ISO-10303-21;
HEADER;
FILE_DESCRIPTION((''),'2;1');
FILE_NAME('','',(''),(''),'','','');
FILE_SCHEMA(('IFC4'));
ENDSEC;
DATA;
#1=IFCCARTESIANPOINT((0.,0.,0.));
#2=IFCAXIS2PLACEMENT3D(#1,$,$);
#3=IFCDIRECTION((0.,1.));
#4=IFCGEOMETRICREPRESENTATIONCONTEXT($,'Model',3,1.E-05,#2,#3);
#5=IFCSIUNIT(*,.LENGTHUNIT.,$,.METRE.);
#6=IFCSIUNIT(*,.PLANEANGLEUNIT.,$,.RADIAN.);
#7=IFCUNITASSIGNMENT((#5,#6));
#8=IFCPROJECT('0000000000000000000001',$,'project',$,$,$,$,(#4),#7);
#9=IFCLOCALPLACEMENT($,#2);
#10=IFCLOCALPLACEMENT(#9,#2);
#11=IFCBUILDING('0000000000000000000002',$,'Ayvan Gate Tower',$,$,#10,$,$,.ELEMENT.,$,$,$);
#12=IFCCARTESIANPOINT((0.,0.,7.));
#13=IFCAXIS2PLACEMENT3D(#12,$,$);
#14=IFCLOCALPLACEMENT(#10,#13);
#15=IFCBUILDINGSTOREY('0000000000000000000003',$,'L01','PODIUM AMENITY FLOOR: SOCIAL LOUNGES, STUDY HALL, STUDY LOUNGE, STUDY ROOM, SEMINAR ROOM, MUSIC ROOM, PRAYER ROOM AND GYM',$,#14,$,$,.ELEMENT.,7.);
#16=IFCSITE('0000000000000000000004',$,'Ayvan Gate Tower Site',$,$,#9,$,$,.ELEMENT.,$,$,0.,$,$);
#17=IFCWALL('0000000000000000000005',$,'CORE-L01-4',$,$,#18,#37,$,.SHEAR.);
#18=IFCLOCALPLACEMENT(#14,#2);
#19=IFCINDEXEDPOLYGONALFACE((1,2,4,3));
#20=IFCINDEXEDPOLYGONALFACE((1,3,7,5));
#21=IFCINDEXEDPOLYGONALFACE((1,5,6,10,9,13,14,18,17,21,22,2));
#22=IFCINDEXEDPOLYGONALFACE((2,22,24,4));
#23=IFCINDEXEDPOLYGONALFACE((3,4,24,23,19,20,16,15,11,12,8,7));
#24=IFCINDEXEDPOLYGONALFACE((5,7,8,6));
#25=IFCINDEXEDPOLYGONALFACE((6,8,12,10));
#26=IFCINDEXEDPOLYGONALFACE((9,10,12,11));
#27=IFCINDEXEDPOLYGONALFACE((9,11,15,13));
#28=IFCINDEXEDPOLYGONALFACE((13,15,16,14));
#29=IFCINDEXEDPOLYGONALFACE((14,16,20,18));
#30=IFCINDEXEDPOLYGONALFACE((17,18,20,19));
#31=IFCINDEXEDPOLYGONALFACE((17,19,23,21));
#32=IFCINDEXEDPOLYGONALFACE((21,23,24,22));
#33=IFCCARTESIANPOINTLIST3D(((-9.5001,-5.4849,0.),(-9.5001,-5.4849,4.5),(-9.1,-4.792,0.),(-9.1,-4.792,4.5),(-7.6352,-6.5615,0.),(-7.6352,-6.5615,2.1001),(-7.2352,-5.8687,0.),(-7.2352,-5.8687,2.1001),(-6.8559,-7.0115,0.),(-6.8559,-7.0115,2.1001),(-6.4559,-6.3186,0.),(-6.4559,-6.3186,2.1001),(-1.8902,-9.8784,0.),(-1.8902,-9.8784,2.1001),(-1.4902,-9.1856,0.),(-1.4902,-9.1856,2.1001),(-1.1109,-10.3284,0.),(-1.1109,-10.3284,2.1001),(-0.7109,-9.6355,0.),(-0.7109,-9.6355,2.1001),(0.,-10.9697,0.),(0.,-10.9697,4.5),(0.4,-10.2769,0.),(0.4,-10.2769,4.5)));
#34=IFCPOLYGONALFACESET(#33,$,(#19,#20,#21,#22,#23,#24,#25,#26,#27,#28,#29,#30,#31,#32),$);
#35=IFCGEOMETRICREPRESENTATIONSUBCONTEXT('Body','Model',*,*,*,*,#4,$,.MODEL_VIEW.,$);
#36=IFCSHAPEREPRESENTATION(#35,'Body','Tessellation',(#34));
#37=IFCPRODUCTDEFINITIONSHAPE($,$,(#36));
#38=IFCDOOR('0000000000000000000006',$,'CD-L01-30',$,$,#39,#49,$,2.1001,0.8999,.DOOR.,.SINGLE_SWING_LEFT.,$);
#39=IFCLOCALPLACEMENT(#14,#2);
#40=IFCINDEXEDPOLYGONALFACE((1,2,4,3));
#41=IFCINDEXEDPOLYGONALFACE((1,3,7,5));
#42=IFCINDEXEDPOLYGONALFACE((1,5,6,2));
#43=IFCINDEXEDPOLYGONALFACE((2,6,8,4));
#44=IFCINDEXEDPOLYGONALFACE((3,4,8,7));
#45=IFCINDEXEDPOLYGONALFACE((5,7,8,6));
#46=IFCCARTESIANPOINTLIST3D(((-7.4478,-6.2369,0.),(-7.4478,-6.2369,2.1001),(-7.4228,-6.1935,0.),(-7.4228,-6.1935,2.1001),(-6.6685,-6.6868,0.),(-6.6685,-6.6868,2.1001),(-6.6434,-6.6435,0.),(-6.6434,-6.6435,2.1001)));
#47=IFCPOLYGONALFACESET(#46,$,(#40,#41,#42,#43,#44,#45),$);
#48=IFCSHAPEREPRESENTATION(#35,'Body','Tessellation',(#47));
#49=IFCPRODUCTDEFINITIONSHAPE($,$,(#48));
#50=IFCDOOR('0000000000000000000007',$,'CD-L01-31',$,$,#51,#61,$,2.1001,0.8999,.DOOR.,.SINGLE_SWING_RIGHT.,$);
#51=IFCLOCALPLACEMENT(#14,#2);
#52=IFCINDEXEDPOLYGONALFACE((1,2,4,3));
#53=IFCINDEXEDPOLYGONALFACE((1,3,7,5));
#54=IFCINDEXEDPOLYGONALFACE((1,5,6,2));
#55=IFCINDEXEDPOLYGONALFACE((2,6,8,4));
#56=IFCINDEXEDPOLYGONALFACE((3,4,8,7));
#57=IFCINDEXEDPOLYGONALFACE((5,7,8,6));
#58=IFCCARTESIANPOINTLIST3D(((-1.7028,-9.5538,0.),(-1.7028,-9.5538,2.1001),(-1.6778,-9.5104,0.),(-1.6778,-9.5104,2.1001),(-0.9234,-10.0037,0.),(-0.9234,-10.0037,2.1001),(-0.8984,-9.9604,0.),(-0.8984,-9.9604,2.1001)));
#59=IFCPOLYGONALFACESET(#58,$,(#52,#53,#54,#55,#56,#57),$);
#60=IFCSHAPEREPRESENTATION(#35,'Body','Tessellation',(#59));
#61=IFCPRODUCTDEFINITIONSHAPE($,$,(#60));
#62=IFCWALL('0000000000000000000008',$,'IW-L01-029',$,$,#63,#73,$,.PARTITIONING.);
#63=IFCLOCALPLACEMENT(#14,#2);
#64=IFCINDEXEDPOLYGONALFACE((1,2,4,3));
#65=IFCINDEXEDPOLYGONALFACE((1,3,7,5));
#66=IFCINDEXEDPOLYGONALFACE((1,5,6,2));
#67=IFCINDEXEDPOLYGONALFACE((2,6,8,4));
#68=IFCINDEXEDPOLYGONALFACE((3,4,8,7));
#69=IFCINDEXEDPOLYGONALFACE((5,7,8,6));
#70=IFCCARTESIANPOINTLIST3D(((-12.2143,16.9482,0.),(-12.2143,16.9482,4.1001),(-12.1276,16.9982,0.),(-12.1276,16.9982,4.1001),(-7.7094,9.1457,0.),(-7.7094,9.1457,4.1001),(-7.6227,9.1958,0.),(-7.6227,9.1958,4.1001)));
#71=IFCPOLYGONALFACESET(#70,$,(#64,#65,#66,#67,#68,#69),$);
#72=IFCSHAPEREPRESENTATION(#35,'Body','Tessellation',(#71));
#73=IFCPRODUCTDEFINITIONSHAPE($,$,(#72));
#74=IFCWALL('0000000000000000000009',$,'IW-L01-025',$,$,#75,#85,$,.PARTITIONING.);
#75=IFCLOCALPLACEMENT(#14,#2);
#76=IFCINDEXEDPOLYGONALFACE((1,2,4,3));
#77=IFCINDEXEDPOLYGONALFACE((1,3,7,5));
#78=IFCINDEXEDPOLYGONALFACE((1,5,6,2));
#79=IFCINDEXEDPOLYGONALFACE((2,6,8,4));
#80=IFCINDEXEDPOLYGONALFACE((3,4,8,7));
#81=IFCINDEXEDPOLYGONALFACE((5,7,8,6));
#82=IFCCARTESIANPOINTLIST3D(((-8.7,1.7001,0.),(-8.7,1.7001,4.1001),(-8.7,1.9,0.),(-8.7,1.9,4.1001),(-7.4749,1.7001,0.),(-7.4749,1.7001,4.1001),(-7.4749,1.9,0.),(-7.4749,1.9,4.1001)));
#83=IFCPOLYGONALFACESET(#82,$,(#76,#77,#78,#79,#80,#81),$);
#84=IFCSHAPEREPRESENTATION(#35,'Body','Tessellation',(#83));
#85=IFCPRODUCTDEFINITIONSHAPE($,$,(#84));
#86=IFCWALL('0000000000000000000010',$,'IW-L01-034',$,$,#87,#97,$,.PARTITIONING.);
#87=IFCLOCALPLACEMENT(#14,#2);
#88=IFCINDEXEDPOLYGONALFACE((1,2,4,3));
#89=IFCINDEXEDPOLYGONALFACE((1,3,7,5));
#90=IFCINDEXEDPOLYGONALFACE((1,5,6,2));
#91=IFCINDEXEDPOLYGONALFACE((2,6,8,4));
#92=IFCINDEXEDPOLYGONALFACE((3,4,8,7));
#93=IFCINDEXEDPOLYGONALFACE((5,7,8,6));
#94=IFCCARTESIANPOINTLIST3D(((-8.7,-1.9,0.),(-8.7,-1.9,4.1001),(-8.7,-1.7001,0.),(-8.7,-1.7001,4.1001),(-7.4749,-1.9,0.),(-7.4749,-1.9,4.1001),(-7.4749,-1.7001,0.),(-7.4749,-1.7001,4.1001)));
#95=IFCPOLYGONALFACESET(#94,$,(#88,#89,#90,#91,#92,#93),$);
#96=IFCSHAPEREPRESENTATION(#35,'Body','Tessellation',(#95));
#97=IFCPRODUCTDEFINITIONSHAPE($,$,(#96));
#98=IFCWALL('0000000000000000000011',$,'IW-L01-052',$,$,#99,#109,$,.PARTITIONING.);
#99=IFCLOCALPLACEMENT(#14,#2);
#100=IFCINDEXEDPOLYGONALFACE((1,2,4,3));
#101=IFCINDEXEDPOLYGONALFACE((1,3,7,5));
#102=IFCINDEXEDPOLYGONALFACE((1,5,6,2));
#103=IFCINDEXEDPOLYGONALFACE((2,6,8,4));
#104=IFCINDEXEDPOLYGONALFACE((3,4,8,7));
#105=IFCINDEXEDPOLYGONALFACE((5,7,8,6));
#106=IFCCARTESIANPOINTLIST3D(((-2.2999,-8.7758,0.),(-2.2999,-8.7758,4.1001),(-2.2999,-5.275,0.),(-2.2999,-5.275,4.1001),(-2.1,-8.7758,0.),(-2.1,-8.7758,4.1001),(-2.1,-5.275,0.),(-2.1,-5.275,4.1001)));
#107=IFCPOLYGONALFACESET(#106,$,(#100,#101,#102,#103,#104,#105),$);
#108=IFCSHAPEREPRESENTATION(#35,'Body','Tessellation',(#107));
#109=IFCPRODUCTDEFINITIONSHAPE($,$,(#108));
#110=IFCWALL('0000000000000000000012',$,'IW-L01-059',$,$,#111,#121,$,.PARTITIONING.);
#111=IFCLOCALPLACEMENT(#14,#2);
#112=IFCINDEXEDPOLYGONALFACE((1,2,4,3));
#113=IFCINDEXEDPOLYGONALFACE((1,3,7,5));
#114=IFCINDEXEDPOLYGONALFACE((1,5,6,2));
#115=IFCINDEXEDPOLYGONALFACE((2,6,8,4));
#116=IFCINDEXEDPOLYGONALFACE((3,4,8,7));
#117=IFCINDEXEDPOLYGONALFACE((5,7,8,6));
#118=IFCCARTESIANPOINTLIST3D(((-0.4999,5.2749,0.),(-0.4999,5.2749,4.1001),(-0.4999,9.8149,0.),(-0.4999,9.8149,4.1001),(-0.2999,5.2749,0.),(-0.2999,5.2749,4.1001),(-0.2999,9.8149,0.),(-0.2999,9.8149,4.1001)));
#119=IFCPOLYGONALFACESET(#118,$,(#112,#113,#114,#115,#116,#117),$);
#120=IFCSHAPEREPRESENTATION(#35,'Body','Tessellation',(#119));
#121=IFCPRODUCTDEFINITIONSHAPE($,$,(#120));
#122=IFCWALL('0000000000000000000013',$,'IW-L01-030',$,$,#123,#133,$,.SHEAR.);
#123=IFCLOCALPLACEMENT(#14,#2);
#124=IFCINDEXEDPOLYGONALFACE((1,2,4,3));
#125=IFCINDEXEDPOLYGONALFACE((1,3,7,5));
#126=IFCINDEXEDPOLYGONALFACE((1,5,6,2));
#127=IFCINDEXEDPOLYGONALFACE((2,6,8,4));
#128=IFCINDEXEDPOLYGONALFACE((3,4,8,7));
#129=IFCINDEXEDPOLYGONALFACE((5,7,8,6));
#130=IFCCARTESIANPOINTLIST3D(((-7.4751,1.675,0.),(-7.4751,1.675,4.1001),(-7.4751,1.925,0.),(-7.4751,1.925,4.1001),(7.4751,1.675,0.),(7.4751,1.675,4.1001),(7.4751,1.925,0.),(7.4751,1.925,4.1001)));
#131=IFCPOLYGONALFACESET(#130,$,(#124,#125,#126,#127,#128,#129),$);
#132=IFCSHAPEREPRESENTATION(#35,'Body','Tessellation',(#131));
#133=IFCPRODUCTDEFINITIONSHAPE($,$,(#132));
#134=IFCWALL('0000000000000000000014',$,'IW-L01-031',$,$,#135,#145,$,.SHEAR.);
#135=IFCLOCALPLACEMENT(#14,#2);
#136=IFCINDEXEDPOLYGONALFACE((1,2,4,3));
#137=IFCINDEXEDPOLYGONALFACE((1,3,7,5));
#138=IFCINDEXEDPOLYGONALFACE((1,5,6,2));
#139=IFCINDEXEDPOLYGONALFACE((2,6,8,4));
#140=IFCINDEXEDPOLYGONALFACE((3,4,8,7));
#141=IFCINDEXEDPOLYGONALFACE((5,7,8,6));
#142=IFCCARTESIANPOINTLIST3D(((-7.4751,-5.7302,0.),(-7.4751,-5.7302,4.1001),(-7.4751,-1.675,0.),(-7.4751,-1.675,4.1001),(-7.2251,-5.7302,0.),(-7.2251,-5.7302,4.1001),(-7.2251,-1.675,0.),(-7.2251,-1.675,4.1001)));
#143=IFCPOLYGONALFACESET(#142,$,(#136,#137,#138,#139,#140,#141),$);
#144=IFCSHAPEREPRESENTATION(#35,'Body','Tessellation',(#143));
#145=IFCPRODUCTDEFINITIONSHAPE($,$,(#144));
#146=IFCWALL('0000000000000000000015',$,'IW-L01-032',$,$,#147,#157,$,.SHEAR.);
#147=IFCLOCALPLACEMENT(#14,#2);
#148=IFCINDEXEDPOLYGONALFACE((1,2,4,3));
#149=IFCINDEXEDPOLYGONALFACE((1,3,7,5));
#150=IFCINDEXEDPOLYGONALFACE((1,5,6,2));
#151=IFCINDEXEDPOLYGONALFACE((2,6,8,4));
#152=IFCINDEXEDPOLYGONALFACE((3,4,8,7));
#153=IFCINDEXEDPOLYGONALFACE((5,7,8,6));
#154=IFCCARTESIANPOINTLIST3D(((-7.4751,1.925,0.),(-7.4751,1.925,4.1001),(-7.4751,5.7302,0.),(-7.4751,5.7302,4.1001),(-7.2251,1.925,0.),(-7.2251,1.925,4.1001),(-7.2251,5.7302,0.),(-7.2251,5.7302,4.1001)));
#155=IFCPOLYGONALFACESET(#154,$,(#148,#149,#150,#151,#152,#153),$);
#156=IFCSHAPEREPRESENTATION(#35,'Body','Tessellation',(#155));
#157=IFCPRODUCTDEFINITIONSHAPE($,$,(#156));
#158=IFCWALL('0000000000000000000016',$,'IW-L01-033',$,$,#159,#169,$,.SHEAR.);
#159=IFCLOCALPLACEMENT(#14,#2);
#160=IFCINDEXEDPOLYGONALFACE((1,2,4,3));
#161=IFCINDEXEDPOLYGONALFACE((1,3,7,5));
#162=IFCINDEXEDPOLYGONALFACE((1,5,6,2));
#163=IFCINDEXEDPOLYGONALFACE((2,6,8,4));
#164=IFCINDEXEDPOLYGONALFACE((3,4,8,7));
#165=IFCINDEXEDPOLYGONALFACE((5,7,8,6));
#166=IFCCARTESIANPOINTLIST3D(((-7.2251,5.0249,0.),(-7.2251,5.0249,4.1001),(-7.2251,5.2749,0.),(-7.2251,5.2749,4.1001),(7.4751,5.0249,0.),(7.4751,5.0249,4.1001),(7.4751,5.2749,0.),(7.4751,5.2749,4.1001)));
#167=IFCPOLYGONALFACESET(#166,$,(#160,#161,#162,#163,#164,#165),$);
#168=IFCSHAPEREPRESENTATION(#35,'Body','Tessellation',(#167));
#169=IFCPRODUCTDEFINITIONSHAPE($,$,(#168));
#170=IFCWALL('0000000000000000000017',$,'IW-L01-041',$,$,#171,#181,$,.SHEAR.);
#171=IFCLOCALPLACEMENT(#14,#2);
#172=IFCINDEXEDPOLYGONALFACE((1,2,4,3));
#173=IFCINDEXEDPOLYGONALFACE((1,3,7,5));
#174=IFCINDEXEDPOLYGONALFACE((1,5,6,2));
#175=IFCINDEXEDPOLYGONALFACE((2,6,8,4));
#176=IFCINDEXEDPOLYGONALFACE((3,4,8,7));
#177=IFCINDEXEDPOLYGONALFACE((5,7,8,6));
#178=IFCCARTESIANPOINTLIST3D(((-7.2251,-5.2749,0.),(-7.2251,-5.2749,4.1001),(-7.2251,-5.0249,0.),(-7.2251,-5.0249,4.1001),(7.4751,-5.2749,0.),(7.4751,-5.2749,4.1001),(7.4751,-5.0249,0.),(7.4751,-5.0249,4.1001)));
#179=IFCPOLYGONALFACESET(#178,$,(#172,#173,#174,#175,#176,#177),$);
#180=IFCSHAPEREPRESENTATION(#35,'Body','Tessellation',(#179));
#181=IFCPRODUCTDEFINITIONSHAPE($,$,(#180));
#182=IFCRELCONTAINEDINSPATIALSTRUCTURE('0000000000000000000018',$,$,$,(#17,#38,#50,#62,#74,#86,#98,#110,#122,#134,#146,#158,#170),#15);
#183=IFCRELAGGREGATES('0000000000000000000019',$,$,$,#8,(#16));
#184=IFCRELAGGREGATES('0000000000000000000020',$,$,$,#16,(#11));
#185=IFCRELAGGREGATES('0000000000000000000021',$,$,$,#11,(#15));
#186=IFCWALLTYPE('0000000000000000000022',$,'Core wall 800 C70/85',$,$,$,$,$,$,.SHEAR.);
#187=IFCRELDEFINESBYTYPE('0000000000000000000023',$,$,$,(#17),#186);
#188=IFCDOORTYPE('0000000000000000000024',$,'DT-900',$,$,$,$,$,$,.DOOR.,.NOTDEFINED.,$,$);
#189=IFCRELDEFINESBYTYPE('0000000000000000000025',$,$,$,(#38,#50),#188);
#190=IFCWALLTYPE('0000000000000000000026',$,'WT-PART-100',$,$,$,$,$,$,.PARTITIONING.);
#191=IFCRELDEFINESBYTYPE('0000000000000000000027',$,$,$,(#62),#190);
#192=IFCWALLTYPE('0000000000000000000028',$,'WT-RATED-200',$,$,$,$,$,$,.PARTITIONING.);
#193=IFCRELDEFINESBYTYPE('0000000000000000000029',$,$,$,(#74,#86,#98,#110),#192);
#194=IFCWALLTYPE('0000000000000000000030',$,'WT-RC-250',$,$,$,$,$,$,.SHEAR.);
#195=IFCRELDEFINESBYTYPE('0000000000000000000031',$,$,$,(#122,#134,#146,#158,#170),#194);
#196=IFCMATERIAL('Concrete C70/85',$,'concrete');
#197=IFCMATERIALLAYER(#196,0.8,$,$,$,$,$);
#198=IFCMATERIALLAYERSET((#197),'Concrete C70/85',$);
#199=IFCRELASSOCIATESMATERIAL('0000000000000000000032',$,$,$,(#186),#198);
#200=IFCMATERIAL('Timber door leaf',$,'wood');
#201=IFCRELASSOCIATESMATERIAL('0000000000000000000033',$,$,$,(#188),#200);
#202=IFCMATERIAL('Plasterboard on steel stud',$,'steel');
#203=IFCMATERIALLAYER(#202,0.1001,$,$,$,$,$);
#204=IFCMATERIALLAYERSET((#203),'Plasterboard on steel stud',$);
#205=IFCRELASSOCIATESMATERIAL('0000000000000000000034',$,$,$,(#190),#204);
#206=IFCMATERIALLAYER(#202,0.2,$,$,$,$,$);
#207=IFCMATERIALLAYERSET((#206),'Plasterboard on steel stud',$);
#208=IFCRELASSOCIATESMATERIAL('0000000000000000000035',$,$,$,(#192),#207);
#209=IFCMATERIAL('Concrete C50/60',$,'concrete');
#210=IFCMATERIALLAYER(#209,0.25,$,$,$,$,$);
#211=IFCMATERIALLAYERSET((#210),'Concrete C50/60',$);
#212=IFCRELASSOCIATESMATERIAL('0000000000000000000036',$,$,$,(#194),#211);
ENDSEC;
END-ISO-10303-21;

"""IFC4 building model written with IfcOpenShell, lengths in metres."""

from ifc_helpers import new_model, si_unit, direction, frame, frame_2d, origin, place, context, subcontext, project, spatial, rectangle, extrude, material, layer, layer_set, type_object, element, fill, save


model = new_model("IFC4")

# Units and contexts
model_context = context("Model", 3, precision=1e-05, world=origin(), true_north=direction((0.0, 1.0)))
body_context = subcontext(model_context, "Body", "Model", "MODEL_VIEW")
ifc_project = project(units=[si_unit("LENGTHUNIT", "METRE"), si_unit("PLANEANGLEUNIT", "RADIAN")], contexts=[model_context])

# Site, building, storey
site_placement = place(None, origin())
site = spatial("IfcSite", under=ifc_project, at=site_placement, Name="Ayvan Gate Tower Site", CompositionType="ELEMENT", RefElevation=0.0)
building_placement = place(site_placement, origin())
building = spatial("IfcBuilding", under=site, at=building_placement, Name="Ayvan Gate Tower", CompositionType="ELEMENT")
storey_placement = place(building_placement, frame((0.0, 0.0, 7.0)))
storey = spatial("IfcBuildingStorey", under=building, at=storey_placement, Name="L01", Description="PODIUM AMENITY FLOOR: SOCIAL LOUNGES, STUDY HALL, STUDY LOUNGE, STUDY ROOM, SEMINAR ROOM, MUSIC ROOM, PRAYER ROOM AND GYM", CompositionType="ELEMENT", Elevation=7.0)

# Shared definitions
ifc_material_1 = material(Name="Concrete C70/85", Category="concrete")
ifc_layer_1 = layer(ifc_material_1, 0.8)
ifc_layer_set_1 = layer_set([ifc_layer_1], Name="Concrete C70/85")
wall_type_1 = type_object("IfcWallType", Name="Core wall 800 C70/85", PredefinedType="SHEAR", material=ifc_layer_set_1)
ifc_material_2 = material(Name="Timber door leaf", Category="wood")

# Wall, openings, doors
wall_1_placement = place(storey_placement, frame((-9.3, -5.1384, 0.0), z_axis=(0.0, 0.0, 1.0), x_axis=(0.866024, -0.500002, 0.0)))
wall_1 = element("IfcWall", 1, at=wall_1_placement, inside=storey, type_object=wall_type_1, Name="CORE-L01-4", PredefinedType="SHEAR", context=body_context, shape_type="SweptSolid", body=[
    extrude(rectangle(XDim=10.9697, YDim=0.8, at=frame_2d((5.4849, 0.0))), origin(), (0.0, 0.0, 1.0), 4.5),
])
opening_1_placement = place(wall_1_placement, frame((2.1533, 0.0, 0.0)))
opening_1 = element("IfcOpeningElement", 2, at=opening_1_placement, cuts=wall_1, PredefinedType="OPENING", context=body_context, shape_type="SweptSolid", body=[
    extrude(rectangle(XDim=0.8999, YDim=2.1001, at=frame_2d((0.45, 1.05))), frame((0.0, 0.4099, 0.0), z_axis=(0.0, -1.0, 0.0), x_axis=(1.0, 0.0, 0.0)), (0.0, 0.0, 1.0), 0.8201),
])
opening_2_placement = place(wall_1_placement, frame((8.7871, 0.0, 0.0)))
opening_2 = element("IfcOpeningElement", 3, at=opening_2_placement, cuts=wall_1, PredefinedType="OPENING", context=body_context, shape_type="SweptSolid", body=[
    extrude(rectangle(XDim=0.8999, YDim=2.1001, at=frame_2d((0.45, 1.05))), frame((0.0, 0.4099, 0.0), z_axis=(0.0, -1.0, 0.0), x_axis=(1.0, 0.0, 0.0)), (0.0, 0.0, 1.0), 0.8201),
])
door_type_1 = type_object("IfcDoorType", Name="DT-900", OperationType="NOTDEFINED", PredefinedType="DOOR", material=ifc_material_2)
door_1_placement = place(opening_1_placement, origin())
door_1 = element("IfcDoor", 4, at=door_1_placement, inside=storey, type_object=door_type_1, Name="CD-L01-30", OperationType="SINGLE_SWING_LEFT", OverallHeight=2.1001, OverallWidth=0.8999, PredefinedType="DOOR", context=body_context, shape_type="SweptSolid", body=[
    extrude(rectangle(XDim=0.8999, YDim=2.1001, at=frame_2d((0.45, 1.05))), frame((0.0, 0.0249, 0.0), z_axis=(0.0, -1.0, 0.0), x_axis=(1.0, 0.0, 0.0)), (0.0, 0.0, 1.0), 0.05),
])
fill(opening_1, door_1)
door_2_placement = place(opening_2_placement, origin())
door_2 = element("IfcDoor", 5, at=door_2_placement, inside=storey, type_object=door_type_1, Name="CD-L01-31", OperationType="SINGLE_SWING_RIGHT", OverallHeight=2.1001, OverallWidth=0.8999, PredefinedType="DOOR", context=body_context, shape_type="SweptSolid", body=[
    extrude(rectangle(XDim=0.8999, YDim=2.1001, at=frame_2d((0.45, 1.05))), frame((0.0, 0.0249, 0.0), z_axis=(0.0, -1.0, 0.0), x_axis=(1.0, 0.0, 0.0)), (0.0, 0.0, 1.0), 0.05),
])
fill(opening_2, door_2)

# Walls
ifc_material_3 = material(Name="Plasterboard on steel stud", Category="steel")
ifc_layer_2 = layer(ifc_material_3, 0.1001)
ifc_layer_set_2 = layer_set([ifc_layer_2], Name="Plasterboard on steel stud")
wall_type_2 = type_object("IfcWallType", Name="WT-PART-100", PredefinedType="PARTITIONING", material=ifc_layer_set_2)
wall_2_placement = place(storey_placement, frame((-7.666, 9.1707, 0.0), z_axis=(0.0, 0.0, 1.0), x_axis=(-0.500009, 0.86602, 0.0)))
element("IfcWall", 6, at=wall_2_placement, inside=storey, type_object=wall_type_2, Name="IW-L01-029", PredefinedType="PARTITIONING", context=body_context, shape_type="SweptSolid", body=[
    extrude(rectangle(XDim=9.0095, YDim=0.1001, at=frame_2d((4.5049, 0.0))), origin(), (0.0, 0.0, 1.0), 4.1001),
])
ifc_layer_3 = layer(ifc_material_3, 0.2)
ifc_layer_set_3 = layer_set([ifc_layer_3], Name="Plasterboard on steel stud")
wall_type_3 = type_object("IfcWallType", Name="WT-RATED-200", PredefinedType="PARTITIONING", material=ifc_layer_set_3)
for number, where, z_axis, x_axis, name in (
    (7, (-8.7, 1.8, 0.0), (0.0, 0.0, 1.0), (1.0, 0.0, 0.0), "IW-L01-025"),
    (8, (-7.4749, -1.8, 0.0), (0.0, 0.0, 1.0), (-1.0, 0.0, 0.0), "IW-L01-034"),
):
    element("IfcWall", number, at=place(storey_placement, frame(where, z_axis=z_axis, x_axis=x_axis)), inside=storey, type_object=wall_type_3, Name=name, PredefinedType="PARTITIONING", context=body_context, shape_type="SweptSolid", body=[
        extrude(rectangle(XDim=1.2251, YDim=0.2, at=frame_2d((0.6125, 0.0))), origin(), (0.0, 0.0, 1.0), 4.1001),
    ])
wall_3_placement = place(storey_placement, frame((-2.2, -5.2749, 0.0), z_axis=(0.0, 0.0, 1.0), x_axis=(0.0, -1.0, 0.0)))
element("IfcWall", 9, at=wall_3_placement, inside=storey, type_object=wall_type_3, Name="IW-L01-052", PredefinedType="PARTITIONING", context=body_context, shape_type="SweptSolid", body=[
    extrude(rectangle(XDim=3.5007, YDim=0.2, at=frame_2d((1.7505, 0.0))), origin(), (0.0, 0.0, 1.0), 4.1001),
])
wall_4_placement = place(storey_placement, frame((-0.3999, 9.8149, 0.0), z_axis=(0.0, 0.0, 1.0), x_axis=(0.0, -1.0, 0.0)))
element("IfcWall", 10, at=wall_4_placement, inside=storey, type_object=wall_type_3, Name="IW-L01-059", PredefinedType="PARTITIONING", context=body_context, shape_type="SweptSolid", body=[
    extrude(rectangle(XDim=4.54, YDim=0.2, at=frame_2d((2.27, 0.0))), origin(), (0.0, 0.0, 1.0), 4.1001),
])
ifc_material_4 = material(Name="Concrete C50/60", Category="concrete")
ifc_layer_4 = layer(ifc_material_4, 0.25)
ifc_layer_set_4 = layer_set([ifc_layer_4], Name="Concrete C50/60")
wall_type_4 = type_object("IfcWallType", Name="WT-RC-250", PredefinedType="SHEAR", material=ifc_layer_set_4)
wall_5_placement = place(storey_placement, frame((-7.4751, 1.8, 0.0), z_axis=(0.0, 0.0, 1.0), x_axis=(1.0, 0.0, 0.0)))
element("IfcWall", 11, at=wall_5_placement, inside=storey, type_object=wall_type_4, Name="IW-L01-030", PredefinedType="SHEAR", context=body_context, shape_type="SweptSolid", body=[
    extrude(rectangle(XDim=14.9502, YDim=0.25, at=frame_2d((7.4751, 0.0))), origin(), (0.0, 0.0, 1.0), 4.1001),
])
wall_6_placement = place(storey_placement, frame((-7.3501, -5.7302, 0.0), z_axis=(0.0, 0.0, 1.0), x_axis=(0.0, 1.0, 0.0)))
element("IfcWall", 12, at=wall_6_placement, inside=storey, type_object=wall_type_4, Name="IW-L01-031", PredefinedType="SHEAR", context=body_context, shape_type="SweptSolid", body=[
    extrude(rectangle(XDim=4.0552, YDim=0.25, at=frame_2d((2.0276, 0.0))), origin(), (0.0, 0.0, 1.0), 4.1001),
])
wall_7_placement = place(storey_placement, frame((-7.3501, 1.925, 0.0), z_axis=(0.0, 0.0, 1.0), x_axis=(0.0, 1.0, 0.0)))
element("IfcWall", 13, at=wall_7_placement, inside=storey, type_object=wall_type_4, Name="IW-L01-032", PredefinedType="SHEAR", context=body_context, shape_type="SweptSolid", body=[
    extrude(rectangle(XDim=3.8052, YDim=0.25, at=frame_2d((1.9026, 0.0))), origin(), (0.0, 0.0, 1.0), 4.1001),
])
for number, where, z_axis, x_axis, name in (
    (14, (-7.2251, 5.1499, 0.0), (0.0, 0.0, 1.0), (1.0, 0.0, 0.0), "IW-L01-033"),
    (15, (-7.2251, -5.1499, 0.0), (0.0, 0.0, 1.0), (1.0, 0.0, 0.0), "IW-L01-041"),
):
    element("IfcWall", number, at=place(storey_placement, frame(where, z_axis=z_axis, x_axis=x_axis)), inside=storey, type_object=wall_type_4, Name=name, PredefinedType="SHEAR", context=body_context, shape_type="SweptSolid", body=[
        extrude(rectangle(XDim=14.7002, YDim=0.25, at=frame_2d((7.3501, 0.0))), origin(), (0.0, 0.0, 1.0), 4.1001),
    ])

save(model, "model.ifc")
